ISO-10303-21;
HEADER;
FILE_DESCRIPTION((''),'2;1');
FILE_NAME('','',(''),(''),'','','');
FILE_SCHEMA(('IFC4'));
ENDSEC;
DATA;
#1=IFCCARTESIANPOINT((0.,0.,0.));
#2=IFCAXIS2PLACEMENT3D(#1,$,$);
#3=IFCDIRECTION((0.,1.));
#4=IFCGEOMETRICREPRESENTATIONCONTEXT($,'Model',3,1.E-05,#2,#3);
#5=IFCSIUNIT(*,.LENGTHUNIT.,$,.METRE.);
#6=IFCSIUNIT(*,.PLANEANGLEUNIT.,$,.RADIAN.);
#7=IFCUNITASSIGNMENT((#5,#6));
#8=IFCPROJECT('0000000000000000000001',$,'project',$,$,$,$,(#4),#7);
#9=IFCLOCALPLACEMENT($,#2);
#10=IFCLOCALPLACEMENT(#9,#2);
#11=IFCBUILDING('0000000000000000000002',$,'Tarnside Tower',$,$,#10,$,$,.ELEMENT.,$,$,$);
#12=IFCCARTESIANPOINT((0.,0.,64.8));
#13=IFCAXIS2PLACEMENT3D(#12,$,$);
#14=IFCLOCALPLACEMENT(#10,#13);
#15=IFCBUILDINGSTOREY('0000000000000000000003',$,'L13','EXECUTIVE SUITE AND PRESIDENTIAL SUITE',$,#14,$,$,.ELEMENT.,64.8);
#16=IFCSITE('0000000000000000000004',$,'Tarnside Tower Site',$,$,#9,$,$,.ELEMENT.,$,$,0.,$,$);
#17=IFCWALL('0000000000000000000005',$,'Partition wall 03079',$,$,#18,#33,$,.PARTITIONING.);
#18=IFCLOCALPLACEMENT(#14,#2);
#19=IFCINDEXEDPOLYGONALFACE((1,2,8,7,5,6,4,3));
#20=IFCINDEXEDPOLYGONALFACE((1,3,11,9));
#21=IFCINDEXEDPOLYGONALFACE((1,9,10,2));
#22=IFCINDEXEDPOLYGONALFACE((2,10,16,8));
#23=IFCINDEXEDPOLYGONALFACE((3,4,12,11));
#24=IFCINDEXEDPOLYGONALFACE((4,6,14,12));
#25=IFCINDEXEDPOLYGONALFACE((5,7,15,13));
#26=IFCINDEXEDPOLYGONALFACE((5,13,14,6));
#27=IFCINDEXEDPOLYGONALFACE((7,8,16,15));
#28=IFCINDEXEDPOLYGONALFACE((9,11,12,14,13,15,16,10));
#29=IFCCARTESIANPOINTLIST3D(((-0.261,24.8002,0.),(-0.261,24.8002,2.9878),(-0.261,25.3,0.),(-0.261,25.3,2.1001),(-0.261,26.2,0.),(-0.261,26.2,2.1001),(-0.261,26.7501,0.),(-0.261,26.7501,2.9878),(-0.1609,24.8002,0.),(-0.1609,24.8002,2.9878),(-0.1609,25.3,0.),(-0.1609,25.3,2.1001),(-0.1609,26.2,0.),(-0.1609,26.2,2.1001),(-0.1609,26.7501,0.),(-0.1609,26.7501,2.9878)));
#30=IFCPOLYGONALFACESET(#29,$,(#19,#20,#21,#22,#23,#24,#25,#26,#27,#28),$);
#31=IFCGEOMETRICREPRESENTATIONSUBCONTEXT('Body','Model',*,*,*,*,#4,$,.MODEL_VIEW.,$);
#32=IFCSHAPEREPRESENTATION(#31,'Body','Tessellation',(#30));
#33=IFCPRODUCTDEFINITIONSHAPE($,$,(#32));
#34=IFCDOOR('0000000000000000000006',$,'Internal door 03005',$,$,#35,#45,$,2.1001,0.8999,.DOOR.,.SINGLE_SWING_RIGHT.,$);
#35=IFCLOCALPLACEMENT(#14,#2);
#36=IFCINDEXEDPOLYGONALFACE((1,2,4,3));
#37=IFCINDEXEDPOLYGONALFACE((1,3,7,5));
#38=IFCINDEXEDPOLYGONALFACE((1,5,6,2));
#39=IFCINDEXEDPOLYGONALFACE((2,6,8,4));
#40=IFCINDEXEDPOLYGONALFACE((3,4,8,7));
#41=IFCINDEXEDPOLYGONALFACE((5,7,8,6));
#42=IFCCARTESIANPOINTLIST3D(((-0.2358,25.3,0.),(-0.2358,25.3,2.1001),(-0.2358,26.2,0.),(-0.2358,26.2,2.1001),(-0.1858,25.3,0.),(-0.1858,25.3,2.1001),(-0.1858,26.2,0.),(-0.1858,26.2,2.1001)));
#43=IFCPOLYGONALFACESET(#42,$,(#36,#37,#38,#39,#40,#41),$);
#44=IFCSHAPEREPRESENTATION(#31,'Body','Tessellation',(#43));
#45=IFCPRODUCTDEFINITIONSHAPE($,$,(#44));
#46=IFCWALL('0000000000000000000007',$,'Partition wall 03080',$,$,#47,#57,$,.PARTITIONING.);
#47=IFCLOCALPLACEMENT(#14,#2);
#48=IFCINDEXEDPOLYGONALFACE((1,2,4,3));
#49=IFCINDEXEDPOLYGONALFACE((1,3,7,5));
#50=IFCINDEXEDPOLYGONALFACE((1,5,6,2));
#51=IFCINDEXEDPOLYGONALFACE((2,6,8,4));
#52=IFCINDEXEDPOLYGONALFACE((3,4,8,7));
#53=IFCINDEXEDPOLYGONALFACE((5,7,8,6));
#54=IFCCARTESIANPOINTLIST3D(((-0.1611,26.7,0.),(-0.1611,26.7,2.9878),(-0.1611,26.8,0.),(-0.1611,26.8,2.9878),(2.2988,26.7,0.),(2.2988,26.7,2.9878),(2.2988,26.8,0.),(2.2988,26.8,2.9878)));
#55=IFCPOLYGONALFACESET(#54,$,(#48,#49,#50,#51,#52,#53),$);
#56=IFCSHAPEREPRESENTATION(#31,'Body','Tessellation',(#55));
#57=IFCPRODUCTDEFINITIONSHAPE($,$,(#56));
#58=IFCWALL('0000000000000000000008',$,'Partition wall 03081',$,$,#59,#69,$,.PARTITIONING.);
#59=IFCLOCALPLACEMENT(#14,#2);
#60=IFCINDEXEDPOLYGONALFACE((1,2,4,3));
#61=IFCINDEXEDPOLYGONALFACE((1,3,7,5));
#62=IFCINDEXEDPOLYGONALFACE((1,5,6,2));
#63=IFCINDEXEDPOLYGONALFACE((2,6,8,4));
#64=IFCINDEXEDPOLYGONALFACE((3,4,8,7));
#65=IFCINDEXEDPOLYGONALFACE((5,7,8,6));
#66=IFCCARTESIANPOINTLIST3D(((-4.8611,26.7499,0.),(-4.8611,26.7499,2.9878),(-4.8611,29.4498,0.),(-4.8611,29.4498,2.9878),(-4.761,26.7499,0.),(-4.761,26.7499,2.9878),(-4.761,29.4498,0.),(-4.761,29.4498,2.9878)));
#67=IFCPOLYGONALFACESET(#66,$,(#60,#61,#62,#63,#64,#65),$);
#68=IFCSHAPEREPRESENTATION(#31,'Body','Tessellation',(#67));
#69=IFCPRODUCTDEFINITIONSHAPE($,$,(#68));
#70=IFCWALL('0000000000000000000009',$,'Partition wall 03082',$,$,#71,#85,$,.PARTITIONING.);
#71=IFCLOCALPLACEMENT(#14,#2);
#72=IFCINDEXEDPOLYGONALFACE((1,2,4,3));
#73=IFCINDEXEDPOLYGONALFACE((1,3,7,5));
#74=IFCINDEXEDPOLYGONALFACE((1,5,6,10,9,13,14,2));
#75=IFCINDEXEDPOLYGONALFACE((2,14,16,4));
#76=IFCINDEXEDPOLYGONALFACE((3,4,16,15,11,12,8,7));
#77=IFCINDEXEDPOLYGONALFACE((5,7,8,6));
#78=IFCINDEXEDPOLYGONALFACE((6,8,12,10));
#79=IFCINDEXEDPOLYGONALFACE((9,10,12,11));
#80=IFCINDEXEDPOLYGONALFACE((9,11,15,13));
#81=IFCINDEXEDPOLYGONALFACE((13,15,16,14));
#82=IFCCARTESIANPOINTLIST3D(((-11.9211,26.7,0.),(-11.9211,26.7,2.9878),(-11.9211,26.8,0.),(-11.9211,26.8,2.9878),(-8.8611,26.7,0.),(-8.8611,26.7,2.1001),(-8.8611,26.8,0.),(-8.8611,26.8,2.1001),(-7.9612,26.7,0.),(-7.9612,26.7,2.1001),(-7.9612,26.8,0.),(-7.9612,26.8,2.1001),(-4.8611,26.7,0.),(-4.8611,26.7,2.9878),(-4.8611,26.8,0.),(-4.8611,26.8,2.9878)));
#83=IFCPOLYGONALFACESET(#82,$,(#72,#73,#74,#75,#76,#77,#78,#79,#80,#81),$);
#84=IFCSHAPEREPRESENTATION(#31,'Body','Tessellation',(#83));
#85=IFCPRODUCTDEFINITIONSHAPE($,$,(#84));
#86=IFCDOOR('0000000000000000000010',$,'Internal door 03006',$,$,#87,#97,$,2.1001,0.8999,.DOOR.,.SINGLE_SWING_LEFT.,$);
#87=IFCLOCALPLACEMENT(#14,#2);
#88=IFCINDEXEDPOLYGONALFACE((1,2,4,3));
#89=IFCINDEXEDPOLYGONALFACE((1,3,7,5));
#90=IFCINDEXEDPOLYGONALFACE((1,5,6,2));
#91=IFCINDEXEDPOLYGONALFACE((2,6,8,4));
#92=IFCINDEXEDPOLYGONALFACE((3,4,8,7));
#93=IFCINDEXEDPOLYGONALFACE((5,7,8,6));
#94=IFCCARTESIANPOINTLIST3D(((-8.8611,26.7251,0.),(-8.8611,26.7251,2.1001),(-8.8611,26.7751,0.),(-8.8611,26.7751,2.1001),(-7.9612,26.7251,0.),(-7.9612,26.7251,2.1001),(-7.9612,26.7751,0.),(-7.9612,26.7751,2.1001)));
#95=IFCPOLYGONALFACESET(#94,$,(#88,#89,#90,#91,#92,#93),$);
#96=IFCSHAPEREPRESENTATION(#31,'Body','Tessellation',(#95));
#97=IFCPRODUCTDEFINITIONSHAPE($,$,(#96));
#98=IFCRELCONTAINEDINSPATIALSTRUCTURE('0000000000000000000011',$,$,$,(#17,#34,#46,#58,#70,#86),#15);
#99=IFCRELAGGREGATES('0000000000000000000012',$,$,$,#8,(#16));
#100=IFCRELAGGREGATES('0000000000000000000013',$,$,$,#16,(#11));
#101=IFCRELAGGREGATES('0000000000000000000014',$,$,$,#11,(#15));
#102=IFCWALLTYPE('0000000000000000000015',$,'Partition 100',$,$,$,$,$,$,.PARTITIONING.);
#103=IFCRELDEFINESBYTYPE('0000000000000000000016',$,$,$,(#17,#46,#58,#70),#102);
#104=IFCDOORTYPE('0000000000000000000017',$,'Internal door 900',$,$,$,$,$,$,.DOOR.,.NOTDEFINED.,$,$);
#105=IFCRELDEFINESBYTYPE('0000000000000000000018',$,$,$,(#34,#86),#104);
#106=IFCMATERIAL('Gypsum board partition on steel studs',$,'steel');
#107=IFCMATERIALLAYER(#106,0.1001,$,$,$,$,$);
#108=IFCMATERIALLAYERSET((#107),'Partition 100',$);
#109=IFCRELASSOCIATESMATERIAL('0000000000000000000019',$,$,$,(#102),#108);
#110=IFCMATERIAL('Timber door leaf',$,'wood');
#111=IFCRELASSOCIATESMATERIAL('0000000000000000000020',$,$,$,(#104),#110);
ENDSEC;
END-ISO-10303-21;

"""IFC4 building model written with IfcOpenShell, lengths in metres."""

from ifc_helpers import new_model, si_unit, direction, frame, frame_2d, origin, place, context, subcontext, project, spatial, rectangle, extrude, material, layer, layer_set, type_object, element, fill, save


model = new_model("IFC4")

# Units and contexts
model_context = context("Model", 3, precision=1e-05, world=origin(), true_north=direction((0.0, 1.0)))
body_context = subcontext(model_context, "Body", "Model", "MODEL_VIEW")
ifc_project = project(units=[si_unit("LENGTHUNIT", "METRE"), si_unit("PLANEANGLEUNIT", "RADIAN")], contexts=[model_context])

# Site, building, storey
site_placement = place(None, origin())
site = spatial("IfcSite", under=ifc_project, at=site_placement, Name="Tarnside Tower Site", CompositionType="ELEMENT", RefElevation=0.0)
building_placement = place(site_placement, origin())
building = spatial("IfcBuilding", under=site, at=building_placement, Name="Tarnside Tower", CompositionType="ELEMENT")
storey_placement = place(building_placement, frame((0.0, 0.0, 64.8)))
storey = spatial("IfcBuildingStorey", under=building, at=storey_placement, Name="L13", Description="EXECUTIVE SUITE AND PRESIDENTIAL SUITE", CompositionType="ELEMENT", Elevation=64.8)

# Shared definitions
ifc_material_1 = material(Name="Gypsum board partition on steel studs", Category="steel")
ifc_material_2 = material(Name="Timber door leaf", Category="wood")

# Wall, opening, door
ifc_layer_1 = layer(ifc_material_1, 0.1001)
ifc_layer_set_1 = layer_set([ifc_layer_1], Name="Partition 100")
wall_type_1 = type_object("IfcWallType", Name="Partition 100", PredefinedType="PARTITIONING", material=ifc_layer_set_1)
wall_1_placement = place(storey_placement, frame((-0.2109, 24.8, 0.0), z_axis=(0.0, 0.0, 1.0), x_axis=(0.0, 1.0, 0.0)))
wall_1 = element("IfcWall", 1, at=wall_1_placement, inside=storey, type_object=wall_type_1, Name="Partition wall 03079", PredefinedType="PARTITIONING", context=body_context, shape_type="SweptSolid", body=[
    extrude(rectangle(XDim=1.95, YDim=0.1001, at=frame_2d((0.9751, 0.0))), origin(), (0.0, 0.0, 1.0), 2.9878),
])
opening_1_placement = place(wall_1_placement, frame((0.5, 0.0, 0.0)))
opening_1 = element("IfcOpeningElement", 2, at=opening_1_placement, cuts=wall_1, PredefinedType="OPENING", context=body_context, shape_type="SweptSolid", body=[
    extrude(rectangle(XDim=0.8999, YDim=2.1001, at=frame_2d((0.45, 1.05))), frame((0.0, 0.0601, 0.0), z_axis=(0.0, -1.0, 0.0), x_axis=(1.0, 0.0, 0.0)), (0.0, 0.0, 1.0), 0.1201),
])
door_type_1 = type_object("IfcDoorType", Name="Internal door 900", OperationType="NOTDEFINED", PredefinedType="DOOR", material=ifc_material_2)
door_1_placement = place(opening_1_placement, origin())
door_1 = element("IfcDoor", 3, at=door_1_placement, inside=storey, type_object=door_type_1, Name="Internal door 03005", OperationType="SINGLE_SWING_RIGHT", OverallHeight=2.1001, OverallWidth=0.8999, PredefinedType="DOOR", context=body_context, shape_type="SweptSolid", body=[
    extrude(rectangle(XDim=0.8999, YDim=2.1001, at=frame_2d((0.45, 1.05))), frame((0.0, 0.0249, 0.0), z_axis=(0.0, -1.0, 0.0), x_axis=(1.0, 0.0, 0.0)), (0.0, 0.0, 1.0), 0.05),
])
fill(opening_1, door_1)

# Walls
wall_2_placement = place(storey_placement, frame((-0.1611, 26.75, 0.0), z_axis=(0.0, 0.0, 1.0), x_axis=(1.0, 0.0, 0.0)))
element("IfcWall", 4, at=wall_2_placement, inside=storey, type_object=wall_type_1, Name="Partition wall 03080", PredefinedType="PARTITIONING", context=body_context, shape_type="SweptSolid", body=[
    extrude(rectangle(XDim=2.46, YDim=0.1001, at=frame_2d((1.23, 0.0))), origin(), (0.0, 0.0, 1.0), 2.9878),
])
wall_3_placement = place(storey_placement, frame((-4.811, 29.45, 0.0), z_axis=(0.0, 0.0, 1.0), x_axis=(0.0, -1.0, 0.0)))
element("IfcWall", 5, at=wall_3_placement, inside=storey, type_object=wall_type_1, Name="Partition wall 03081", PredefinedType="PARTITIONING", context=body_context, shape_type="SweptSolid", body=[
    extrude(rectangle(XDim=2.7, YDim=0.1001, at=frame_2d((1.3501, 0.0))), origin(), (0.0, 0.0, 1.0), 2.9878),
])

# Wall, opening, door
wall_4_placement = place(storey_placement, frame((-4.8611, 26.75, 0.0), z_axis=(0.0, 0.0, 1.0), x_axis=(-1.0, 0.0, 0.0)))
wall_4 = element("IfcWall", 6, at=wall_4_placement, inside=storey, type_object=wall_type_1, Name="Partition wall 03082", PredefinedType="PARTITIONING", context=body_context, shape_type="SweptSolid", body=[
    extrude(rectangle(XDim=7.0601, YDim=0.1001, at=frame_2d((3.53, 0.0))), origin(), (0.0, 0.0, 1.0), 2.9878),
])
opening_2_placement = place(wall_4_placement, frame((3.1001, 0.0, 0.0)))
opening_2 = element("IfcOpeningElement", 7, at=opening_2_placement, cuts=wall_4, PredefinedType="OPENING", context=body_context, shape_type="SweptSolid", body=[
    extrude(rectangle(XDim=0.8999, YDim=2.1001, at=frame_2d((0.45, 1.05))), frame((0.0, 0.0601, 0.0), z_axis=(0.0, -1.0, 0.0), x_axis=(1.0, 0.0, 0.0)), (0.0, 0.0, 1.0), 0.1201),
])
door_2_placement = place(opening_2_placement, origin())
door_2 = element("IfcDoor", 8, at=door_2_placement, inside=storey, type_object=door_type_1, Name="Internal door 03006", OperationType="SINGLE_SWING_LEFT", OverallHeight=2.1001, OverallWidth=0.8999, PredefinedType="DOOR", context=body_context, shape_type="SweptSolid", body=[
    extrude(rectangle(XDim=0.8999, YDim=2.1001, at=frame_2d((0.45, 1.05))), frame((0.0, 0.0249, 0.0), z_axis=(0.0, -1.0, 0.0), x_axis=(1.0, 0.0, 0.0)), (0.0, 0.0, 1.0), 0.05),
])
fill(opening_2, door_2)

save(model, "model.ifc")
